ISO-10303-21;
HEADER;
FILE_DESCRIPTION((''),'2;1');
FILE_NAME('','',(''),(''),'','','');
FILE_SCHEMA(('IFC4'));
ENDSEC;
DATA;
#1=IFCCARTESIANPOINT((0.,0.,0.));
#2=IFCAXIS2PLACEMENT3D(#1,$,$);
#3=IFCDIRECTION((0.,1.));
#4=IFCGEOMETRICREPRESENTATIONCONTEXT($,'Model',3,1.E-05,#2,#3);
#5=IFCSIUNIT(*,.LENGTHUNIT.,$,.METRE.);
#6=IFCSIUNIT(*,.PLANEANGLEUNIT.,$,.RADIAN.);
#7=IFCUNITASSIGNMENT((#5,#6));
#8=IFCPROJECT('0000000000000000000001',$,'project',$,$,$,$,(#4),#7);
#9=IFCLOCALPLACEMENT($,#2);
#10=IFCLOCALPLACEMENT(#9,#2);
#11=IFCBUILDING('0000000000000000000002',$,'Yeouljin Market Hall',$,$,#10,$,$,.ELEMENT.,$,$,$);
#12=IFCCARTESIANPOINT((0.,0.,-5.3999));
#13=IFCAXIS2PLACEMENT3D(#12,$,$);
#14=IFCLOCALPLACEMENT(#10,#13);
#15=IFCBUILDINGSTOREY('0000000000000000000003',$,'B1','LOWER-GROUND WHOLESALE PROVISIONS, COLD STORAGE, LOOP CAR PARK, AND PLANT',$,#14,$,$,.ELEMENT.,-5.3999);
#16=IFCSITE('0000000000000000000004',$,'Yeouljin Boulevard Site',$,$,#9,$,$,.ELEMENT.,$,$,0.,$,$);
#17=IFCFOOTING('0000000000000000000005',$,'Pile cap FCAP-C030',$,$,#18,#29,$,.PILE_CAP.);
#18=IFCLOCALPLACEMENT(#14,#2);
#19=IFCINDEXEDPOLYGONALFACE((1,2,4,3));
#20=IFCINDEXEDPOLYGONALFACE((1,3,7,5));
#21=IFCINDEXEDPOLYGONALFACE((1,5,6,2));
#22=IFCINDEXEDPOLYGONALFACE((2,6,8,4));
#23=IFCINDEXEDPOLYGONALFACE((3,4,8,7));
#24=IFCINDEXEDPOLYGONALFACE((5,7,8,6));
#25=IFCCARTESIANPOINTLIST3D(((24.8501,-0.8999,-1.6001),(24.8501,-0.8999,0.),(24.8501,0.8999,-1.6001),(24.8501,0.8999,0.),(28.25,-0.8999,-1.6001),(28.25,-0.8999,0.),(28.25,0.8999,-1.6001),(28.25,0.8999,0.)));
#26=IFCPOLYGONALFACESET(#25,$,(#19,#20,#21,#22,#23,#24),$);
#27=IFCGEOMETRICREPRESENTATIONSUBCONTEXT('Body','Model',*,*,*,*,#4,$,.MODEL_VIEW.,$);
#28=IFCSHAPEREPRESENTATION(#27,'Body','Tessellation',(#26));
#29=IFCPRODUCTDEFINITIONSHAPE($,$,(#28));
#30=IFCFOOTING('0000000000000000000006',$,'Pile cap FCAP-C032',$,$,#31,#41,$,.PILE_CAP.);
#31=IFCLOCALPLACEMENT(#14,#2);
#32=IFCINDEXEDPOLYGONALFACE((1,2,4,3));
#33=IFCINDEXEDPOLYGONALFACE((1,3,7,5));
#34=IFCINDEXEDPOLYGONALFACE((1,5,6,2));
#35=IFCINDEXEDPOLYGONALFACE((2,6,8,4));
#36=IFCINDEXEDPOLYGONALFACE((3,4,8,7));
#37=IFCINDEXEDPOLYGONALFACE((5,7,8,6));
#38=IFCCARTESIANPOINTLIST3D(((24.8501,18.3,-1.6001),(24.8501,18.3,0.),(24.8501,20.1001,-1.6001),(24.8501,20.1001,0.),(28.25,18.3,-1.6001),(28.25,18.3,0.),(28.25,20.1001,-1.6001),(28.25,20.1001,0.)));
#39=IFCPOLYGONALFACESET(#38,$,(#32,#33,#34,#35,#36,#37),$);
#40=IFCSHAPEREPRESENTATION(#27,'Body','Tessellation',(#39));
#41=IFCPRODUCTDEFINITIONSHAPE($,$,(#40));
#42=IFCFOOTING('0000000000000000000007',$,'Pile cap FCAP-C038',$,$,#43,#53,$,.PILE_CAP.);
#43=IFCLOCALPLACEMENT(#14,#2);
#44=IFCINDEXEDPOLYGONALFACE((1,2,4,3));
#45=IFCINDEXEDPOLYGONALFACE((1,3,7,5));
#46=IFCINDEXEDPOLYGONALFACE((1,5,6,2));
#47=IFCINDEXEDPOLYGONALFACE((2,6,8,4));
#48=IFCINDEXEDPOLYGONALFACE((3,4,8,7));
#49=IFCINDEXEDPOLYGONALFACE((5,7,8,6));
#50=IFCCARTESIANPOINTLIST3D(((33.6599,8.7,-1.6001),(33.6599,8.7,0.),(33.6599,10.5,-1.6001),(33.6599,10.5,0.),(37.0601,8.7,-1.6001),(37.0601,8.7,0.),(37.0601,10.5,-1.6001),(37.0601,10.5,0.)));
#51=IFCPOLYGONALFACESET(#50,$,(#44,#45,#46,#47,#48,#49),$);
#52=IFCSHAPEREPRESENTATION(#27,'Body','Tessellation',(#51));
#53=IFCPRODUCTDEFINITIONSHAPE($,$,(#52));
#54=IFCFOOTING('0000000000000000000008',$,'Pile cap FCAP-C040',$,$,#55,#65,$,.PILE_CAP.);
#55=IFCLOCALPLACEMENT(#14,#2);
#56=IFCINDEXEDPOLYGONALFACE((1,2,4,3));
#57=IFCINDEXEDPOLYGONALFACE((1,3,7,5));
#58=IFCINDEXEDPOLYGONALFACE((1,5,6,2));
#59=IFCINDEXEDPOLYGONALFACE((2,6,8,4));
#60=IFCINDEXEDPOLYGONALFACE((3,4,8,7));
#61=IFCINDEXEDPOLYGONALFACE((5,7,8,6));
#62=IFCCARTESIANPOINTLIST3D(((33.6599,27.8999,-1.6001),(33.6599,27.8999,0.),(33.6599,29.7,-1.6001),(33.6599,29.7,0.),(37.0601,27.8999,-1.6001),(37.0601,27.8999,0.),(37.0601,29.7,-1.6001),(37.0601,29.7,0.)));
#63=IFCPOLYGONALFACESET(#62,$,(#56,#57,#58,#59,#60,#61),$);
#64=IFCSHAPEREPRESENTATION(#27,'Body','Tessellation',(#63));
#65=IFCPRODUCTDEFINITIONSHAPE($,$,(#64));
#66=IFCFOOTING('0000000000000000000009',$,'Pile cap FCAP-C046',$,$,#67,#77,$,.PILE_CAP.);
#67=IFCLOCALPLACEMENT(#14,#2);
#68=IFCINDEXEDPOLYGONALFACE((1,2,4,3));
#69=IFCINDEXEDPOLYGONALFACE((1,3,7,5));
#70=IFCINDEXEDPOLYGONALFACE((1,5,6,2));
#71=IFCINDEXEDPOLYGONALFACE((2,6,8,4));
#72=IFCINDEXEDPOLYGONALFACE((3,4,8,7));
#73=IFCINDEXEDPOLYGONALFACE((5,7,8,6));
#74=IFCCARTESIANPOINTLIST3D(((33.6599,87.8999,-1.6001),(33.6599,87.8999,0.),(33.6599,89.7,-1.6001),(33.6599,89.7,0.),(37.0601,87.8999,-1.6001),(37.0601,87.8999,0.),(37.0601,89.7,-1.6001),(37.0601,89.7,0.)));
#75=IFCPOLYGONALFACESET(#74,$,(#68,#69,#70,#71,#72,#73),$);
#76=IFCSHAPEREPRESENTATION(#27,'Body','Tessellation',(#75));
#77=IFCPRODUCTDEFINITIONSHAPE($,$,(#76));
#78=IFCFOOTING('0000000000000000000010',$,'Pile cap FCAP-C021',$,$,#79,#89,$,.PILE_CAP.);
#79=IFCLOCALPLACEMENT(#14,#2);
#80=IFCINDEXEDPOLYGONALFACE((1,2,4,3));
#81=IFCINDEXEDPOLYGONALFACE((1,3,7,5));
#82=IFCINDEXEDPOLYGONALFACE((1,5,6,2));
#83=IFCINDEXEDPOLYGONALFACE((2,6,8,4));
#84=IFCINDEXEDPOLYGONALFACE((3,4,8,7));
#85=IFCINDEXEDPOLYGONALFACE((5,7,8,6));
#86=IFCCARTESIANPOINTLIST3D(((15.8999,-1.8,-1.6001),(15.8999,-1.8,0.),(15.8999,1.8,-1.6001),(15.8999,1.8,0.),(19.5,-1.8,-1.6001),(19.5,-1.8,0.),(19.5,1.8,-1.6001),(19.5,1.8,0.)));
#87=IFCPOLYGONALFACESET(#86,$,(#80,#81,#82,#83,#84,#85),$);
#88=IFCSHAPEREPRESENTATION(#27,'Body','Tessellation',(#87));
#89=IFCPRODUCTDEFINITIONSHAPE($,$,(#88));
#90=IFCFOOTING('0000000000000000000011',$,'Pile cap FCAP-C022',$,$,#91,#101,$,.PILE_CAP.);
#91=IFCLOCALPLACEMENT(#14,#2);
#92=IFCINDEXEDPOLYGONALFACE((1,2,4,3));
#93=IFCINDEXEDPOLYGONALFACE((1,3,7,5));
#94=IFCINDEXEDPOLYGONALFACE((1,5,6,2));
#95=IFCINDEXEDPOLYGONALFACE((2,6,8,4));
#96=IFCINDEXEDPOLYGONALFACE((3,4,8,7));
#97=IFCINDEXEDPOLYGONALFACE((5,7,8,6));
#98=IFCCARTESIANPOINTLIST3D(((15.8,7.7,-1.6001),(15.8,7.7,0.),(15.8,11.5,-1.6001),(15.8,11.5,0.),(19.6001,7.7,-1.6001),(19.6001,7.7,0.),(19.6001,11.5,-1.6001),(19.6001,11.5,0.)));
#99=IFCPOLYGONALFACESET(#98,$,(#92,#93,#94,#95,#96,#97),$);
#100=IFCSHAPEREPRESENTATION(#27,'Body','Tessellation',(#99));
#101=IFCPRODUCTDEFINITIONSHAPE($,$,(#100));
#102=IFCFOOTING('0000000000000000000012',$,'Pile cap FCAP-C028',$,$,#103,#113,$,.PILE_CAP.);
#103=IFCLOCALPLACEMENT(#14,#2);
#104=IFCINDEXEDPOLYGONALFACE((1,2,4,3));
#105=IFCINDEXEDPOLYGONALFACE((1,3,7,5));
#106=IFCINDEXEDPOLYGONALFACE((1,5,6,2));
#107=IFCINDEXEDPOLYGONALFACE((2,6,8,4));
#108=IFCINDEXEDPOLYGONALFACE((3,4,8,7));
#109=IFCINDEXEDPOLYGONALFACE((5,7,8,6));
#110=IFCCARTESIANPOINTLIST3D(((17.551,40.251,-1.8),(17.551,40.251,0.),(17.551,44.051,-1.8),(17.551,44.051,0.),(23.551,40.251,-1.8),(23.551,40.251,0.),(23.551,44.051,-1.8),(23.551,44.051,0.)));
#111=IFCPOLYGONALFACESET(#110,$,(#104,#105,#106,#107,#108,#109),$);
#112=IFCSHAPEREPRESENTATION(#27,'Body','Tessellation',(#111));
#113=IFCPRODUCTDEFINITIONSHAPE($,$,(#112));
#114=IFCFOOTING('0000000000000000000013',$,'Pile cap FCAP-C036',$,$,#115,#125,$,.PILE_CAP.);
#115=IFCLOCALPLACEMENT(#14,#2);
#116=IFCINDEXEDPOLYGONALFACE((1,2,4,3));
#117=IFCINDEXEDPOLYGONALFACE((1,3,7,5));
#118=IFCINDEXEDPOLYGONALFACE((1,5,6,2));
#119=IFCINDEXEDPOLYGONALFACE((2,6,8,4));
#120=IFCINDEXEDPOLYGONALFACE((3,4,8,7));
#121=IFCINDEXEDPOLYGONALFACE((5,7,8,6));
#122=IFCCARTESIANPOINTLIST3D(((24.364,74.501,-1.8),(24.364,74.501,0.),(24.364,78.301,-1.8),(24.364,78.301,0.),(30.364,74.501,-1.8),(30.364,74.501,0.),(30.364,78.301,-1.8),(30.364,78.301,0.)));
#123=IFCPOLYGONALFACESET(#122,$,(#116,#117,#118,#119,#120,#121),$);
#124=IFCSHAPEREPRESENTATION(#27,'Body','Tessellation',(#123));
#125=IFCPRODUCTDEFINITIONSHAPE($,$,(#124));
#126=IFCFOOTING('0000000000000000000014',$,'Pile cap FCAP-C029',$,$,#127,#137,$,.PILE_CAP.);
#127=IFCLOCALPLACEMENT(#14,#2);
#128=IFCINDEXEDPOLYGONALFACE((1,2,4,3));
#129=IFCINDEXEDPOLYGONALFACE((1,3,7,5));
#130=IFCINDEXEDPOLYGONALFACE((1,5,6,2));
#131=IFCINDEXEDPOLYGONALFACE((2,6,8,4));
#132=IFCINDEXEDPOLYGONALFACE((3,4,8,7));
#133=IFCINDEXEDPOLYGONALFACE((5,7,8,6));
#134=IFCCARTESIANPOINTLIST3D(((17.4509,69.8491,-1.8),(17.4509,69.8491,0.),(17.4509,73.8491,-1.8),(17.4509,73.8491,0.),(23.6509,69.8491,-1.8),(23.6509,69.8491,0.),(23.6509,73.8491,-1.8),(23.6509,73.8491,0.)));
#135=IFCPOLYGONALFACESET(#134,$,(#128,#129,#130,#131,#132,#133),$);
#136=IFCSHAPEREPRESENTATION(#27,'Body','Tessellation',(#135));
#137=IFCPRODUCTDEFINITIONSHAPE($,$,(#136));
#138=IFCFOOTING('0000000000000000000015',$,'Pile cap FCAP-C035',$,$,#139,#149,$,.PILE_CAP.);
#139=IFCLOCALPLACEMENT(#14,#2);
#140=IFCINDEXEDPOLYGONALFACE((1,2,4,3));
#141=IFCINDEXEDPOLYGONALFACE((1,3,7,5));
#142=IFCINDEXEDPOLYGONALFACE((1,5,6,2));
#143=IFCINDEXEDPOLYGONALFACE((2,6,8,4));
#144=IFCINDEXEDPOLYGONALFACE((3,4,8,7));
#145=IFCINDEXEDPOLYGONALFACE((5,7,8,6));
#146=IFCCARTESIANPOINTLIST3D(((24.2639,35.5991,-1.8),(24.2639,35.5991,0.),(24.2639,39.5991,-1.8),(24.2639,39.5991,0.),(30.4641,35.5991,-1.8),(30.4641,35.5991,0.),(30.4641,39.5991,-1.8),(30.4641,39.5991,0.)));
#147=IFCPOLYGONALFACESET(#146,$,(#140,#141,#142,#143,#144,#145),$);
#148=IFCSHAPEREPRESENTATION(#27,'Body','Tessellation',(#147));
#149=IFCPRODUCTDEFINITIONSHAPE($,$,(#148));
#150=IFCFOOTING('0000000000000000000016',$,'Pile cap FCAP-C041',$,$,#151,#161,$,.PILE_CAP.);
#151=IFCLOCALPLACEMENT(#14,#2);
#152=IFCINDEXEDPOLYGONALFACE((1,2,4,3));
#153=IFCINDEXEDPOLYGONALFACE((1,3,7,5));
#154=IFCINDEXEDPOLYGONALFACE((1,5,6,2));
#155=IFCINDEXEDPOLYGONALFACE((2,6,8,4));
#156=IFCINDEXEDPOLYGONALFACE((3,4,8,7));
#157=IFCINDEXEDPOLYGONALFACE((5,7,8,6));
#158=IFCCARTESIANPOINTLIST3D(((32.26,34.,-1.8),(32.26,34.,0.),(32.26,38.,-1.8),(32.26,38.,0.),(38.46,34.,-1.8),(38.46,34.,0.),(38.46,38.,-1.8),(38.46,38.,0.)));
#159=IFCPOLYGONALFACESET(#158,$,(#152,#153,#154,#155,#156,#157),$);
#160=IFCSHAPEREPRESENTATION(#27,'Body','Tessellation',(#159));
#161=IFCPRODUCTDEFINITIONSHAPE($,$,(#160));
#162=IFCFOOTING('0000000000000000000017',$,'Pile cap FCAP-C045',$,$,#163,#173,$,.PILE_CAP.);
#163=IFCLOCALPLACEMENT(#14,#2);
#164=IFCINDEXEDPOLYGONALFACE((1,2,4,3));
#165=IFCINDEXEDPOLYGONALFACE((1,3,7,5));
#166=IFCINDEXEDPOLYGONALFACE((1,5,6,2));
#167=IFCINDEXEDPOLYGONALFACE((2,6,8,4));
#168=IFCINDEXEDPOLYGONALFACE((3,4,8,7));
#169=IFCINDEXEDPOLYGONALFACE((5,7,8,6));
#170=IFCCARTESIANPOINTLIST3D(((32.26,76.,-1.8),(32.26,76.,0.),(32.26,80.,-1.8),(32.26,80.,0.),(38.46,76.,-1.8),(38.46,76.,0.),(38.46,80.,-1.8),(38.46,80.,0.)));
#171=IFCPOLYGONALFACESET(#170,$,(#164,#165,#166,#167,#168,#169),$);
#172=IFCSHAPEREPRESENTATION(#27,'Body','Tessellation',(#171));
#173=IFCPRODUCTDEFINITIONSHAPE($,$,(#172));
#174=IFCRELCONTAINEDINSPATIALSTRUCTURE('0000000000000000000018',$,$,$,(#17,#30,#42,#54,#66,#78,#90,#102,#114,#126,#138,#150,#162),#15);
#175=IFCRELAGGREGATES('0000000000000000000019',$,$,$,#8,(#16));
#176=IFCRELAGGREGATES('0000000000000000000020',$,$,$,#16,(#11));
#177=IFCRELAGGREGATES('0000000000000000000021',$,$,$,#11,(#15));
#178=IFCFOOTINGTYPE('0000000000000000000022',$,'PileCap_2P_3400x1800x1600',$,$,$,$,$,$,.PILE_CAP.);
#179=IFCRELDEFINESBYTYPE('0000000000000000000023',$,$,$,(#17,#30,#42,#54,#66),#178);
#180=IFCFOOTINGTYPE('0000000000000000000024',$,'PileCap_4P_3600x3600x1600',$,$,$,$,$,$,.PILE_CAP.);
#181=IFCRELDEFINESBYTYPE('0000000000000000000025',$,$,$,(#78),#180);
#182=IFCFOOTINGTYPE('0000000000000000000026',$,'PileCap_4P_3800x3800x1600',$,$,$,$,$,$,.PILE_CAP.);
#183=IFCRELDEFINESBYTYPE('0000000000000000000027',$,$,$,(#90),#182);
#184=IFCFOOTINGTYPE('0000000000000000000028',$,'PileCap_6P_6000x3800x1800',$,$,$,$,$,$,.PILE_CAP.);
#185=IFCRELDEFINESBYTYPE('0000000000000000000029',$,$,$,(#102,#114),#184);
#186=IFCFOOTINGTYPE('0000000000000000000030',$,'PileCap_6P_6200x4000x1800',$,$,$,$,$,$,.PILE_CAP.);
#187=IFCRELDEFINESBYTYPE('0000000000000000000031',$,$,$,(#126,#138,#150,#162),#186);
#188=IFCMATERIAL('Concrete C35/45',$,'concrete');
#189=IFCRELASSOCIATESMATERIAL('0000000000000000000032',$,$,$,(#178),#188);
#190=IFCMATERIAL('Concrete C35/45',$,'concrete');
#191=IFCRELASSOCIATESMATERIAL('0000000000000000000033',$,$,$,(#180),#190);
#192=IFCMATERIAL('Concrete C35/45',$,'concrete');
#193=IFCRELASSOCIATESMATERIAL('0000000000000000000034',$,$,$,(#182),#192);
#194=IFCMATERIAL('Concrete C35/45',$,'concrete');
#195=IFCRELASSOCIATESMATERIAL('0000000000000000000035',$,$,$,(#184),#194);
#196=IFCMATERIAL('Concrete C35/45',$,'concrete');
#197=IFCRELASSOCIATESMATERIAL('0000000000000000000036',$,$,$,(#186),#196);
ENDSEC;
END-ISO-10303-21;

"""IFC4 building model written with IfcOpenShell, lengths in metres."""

from ifc_helpers import new_model, si_unit, direction, frame, origin, place, context, subcontext, project, spatial, polyline, outline, extrude, material, type_object, element, save


model = new_model("IFC4")

# Units and contexts
model_context = context("Model", 3, precision=1e-05, world=origin(), true_north=direction((0.0, 1.0)))
body_context = subcontext(model_context, "Body", "Model", "MODEL_VIEW")
ifc_project = project(units=[si_unit("LENGTHUNIT", "METRE"), si_unit("PLANEANGLEUNIT", "RADIAN")], contexts=[model_context])

# Site, building, storey
site_placement = place(None, origin())
site = spatial("IfcSite", under=ifc_project, at=site_placement, Name="Yeouljin Boulevard Site", CompositionType="ELEMENT", RefElevation=0.0)
building_placement = place(site_placement, origin())
building = spatial("IfcBuilding", under=site, at=building_placement, Name="Yeouljin Market Hall", CompositionType="ELEMENT")
storey_placement = place(building_placement, frame((0.0, 0.0, -5.3999)))
storey = spatial("IfcBuildingStorey", under=building, at=storey_placement, Name="B1", Description="LOWER-GROUND WHOLESALE PROVISIONS, COLD STORAGE, LOOP CAR PARK, AND PLANT", CompositionType="ELEMENT", Elevation=-5.3999)

# Footings
ifc_material_1 = material(Name="Concrete C35/45", Category="concrete")
footing_type_1 = type_object("IfcFootingType", Name="PileCap_2P_3400x1800x1600", PredefinedType="PILE_CAP", material=ifc_material_1)
footing_1_placement = place(storey_placement, frame((0.0, 0.0, -1.6001)))
element("IfcFooting", 1, at=footing_1_placement, inside=storey, type_object=footing_type_1, Name="Pile cap FCAP-C030", PredefinedType="PILE_CAP", context=body_context, shape_type="SweptSolid", body=[
    extrude(outline(polyline([(24.8501, -0.8999), (28.25, -0.8999), (28.25, 0.8999), (24.8501, 0.8999), (24.8501, -0.8999)])), origin(), (0.0, 0.0, 1.0), 1.6001),
])
footing_2_placement = place(storey_placement, frame((0.0, 0.0, -1.6001)))
element("IfcFooting", 2, at=footing_2_placement, inside=storey, type_object=footing_type_1, Name="Pile cap FCAP-C032", PredefinedType="PILE_CAP", context=body_context, shape_type="SweptSolid", body=[
    extrude(outline(polyline([(24.8501, 18.3), (28.25, 18.3), (28.25, 20.1001), (24.8501, 20.1001), (24.8501, 18.3)])), origin(), (0.0, 0.0, 1.0), 1.6001),
])
footing_3_placement = place(storey_placement, frame((0.0, 0.0, -1.6001)))
element("IfcFooting", 3, at=footing_3_placement, inside=storey, type_object=footing_type_1, Name="Pile cap FCAP-C038", PredefinedType="PILE_CAP", context=body_context, shape_type="SweptSolid", body=[
    extrude(outline(polyline([(33.6599, 8.7), (37.0601, 8.7), (37.0601, 10.5), (33.6599, 10.5), (33.6599, 8.7)])), origin(), (0.0, 0.0, 1.0), 1.6001),
])
footing_4_placement = place(storey_placement, frame((0.0, 0.0, -1.6001)))
element("IfcFooting", 4, at=footing_4_placement, inside=storey, type_object=footing_type_1, Name="Pile cap FCAP-C040", PredefinedType="PILE_CAP", context=body_context, shape_type="SweptSolid", body=[
    extrude(outline(polyline([(33.6599, 27.8999), (37.0601, 27.8999), (37.0601, 29.7), (33.6599, 29.7), (33.6599, 27.8999)])), origin(), (0.0, 0.0, 1.0), 1.6001),
])
footing_5_placement = place(storey_placement, frame((0.0, 0.0, -1.6001)))
element("IfcFooting", 5, at=footing_5_placement, inside=storey, type_object=footing_type_1, Name="Pile cap FCAP-C046", PredefinedType="PILE_CAP", context=body_context, shape_type="SweptSolid", body=[
    extrude(outline(polyline([(33.6599, 87.8999), (37.0601, 87.8999), (37.0601, 89.7), (33.6599, 89.7), (33.6599, 87.8999)])), origin(), (0.0, 0.0, 1.0), 1.6001),
])
ifc_material_2 = material(Name="Concrete C35/45", Category="concrete")
footing_type_2 = type_object("IfcFootingType", Name="PileCap_4P_3600x3600x1600", PredefinedType="PILE_CAP", material=ifc_material_2)
footing_6_placement = place(storey_placement, frame((0.0, 0.0, -1.6001)))
element("IfcFooting", 6, at=footing_6_placement, inside=storey, type_object=footing_type_2, Name="Pile cap FCAP-C021", PredefinedType="PILE_CAP", context=body_context, shape_type="SweptSolid", body=[
    extrude(outline(polyline([(15.8999, -1.8), (19.5, -1.8), (19.5, 1.8), (15.8999, 1.8), (15.8999, -1.8)])), origin(), (0.0, 0.0, 1.0), 1.6001),
])
ifc_material_3 = material(Name="Concrete C35/45", Category="concrete")
footing_type_3 = type_object("IfcFootingType", Name="PileCap_4P_3800x3800x1600", PredefinedType="PILE_CAP", material=ifc_material_3)
footing_7_placement = place(storey_placement, frame((0.0, 0.0, -1.6001)))
element("IfcFooting", 7, at=footing_7_placement, inside=storey, type_object=footing_type_3, Name="Pile cap FCAP-C022", PredefinedType="PILE_CAP", context=body_context, shape_type="SweptSolid", body=[
    extrude(outline(polyline([(15.8, 7.7), (19.6001, 7.7), (19.6001, 11.5), (15.8, 11.5), (15.8, 7.7)])), origin(), (0.0, 0.0, 1.0), 1.6001),
])
ifc_material_4 = material(Name="Concrete C35/45", Category="concrete")
footing_type_4 = type_object("IfcFootingType", Name="PileCap_6P_6000x3800x1800", PredefinedType="PILE_CAP", material=ifc_material_4)
footing_8_placement = place(storey_placement, frame((0.0, 0.0, -1.8)))
element("IfcFooting", 8, at=footing_8_placement, inside=storey, type_object=footing_type_4, Name="Pile cap FCAP-C028", PredefinedType="PILE_CAP", context=body_context, shape_type="SweptSolid", body=[
    extrude(outline(polyline([(17.551, 40.251), (23.551, 40.251), (23.551, 44.051), (17.551, 44.051), (17.551, 40.251)])), origin(), (0.0, 0.0, 1.0), 1.8),
])
footing_9_placement = place(storey_placement, frame((0.0, 0.0, -1.8)))
element("IfcFooting", 9, at=footing_9_placement, inside=storey, type_object=footing_type_4, Name="Pile cap FCAP-C036", PredefinedType="PILE_CAP", context=body_context, shape_type="SweptSolid", body=[
    extrude(outline(polyline([(24.364, 74.501), (30.364, 74.501), (30.364, 78.301), (24.364, 78.301), (24.364, 74.501)])), origin(), (0.0, 0.0, 1.0), 1.8),
])
ifc_material_5 = material(Name="Concrete C35/45", Category="concrete")
footing_type_5 = type_object("IfcFootingType", Name="PileCap_6P_6200x4000x1800", PredefinedType="PILE_CAP", material=ifc_material_5)
footing_10_placement = place(storey_placement, frame((0.0, 0.0, -1.8)))
element("IfcFooting", 10, at=footing_10_placement, inside=storey, type_object=footing_type_5, Name="Pile cap FCAP-C029", PredefinedType="PILE_CAP", context=body_context, shape_type="SweptSolid", body=[
    extrude(outline(polyline([(17.4509, 69.8491), (23.6509, 69.8491), (23.6509, 73.8491), (17.4509, 73.8491), (17.4509, 69.8491)])), origin(), (0.0, 0.0, 1.0), 1.8),
])
footing_11_placement = place(storey_placement, frame((0.0, 0.0, -1.8)))
element("IfcFooting", 11, at=footing_11_placement, inside=storey, type_object=footing_type_5, Name="Pile cap FCAP-C035", PredefinedType="PILE_CAP", context=body_context, shape_type="SweptSolid", body=[
    extrude(outline(polyline([(24.2639, 35.5991), (30.4641, 35.5991), (30.4641, 39.5991), (24.2639, 39.5991), (24.2639, 35.5991)])), origin(), (0.0, 0.0, 1.0), 1.8),
])
footing_12_placement = place(storey_placement, frame((0.0, 0.0, -1.8)))
element("IfcFooting", 12, at=footing_12_placement, inside=storey, type_object=footing_type_5, Name="Pile cap FCAP-C041", PredefinedType="PILE_CAP", context=body_context, shape_type="SweptSolid", body=[
    extrude(outline(polyline([(32.26, 34.0), (38.46, 34.0), (38.46, 38.0), (32.26, 38.0), (32.26, 34.0)])), origin(), (0.0, 0.0, 1.0), 1.8),
])
footing_13_placement = place(storey_placement, frame((0.0, 0.0, -1.8)))
element("IfcFooting", 13, at=footing_13_placement, inside=storey, type_object=footing_type_5, Name="Pile cap FCAP-C045", PredefinedType="PILE_CAP", context=body_context, shape_type="SweptSolid", body=[
    extrude(outline(polyline([(32.26, 76.0), (38.46, 76.0), (38.46, 80.0), (32.26, 80.0), (32.26, 76.0)])), origin(), (0.0, 0.0, 1.0), 1.8),
])

save(model, "model.ifc")
